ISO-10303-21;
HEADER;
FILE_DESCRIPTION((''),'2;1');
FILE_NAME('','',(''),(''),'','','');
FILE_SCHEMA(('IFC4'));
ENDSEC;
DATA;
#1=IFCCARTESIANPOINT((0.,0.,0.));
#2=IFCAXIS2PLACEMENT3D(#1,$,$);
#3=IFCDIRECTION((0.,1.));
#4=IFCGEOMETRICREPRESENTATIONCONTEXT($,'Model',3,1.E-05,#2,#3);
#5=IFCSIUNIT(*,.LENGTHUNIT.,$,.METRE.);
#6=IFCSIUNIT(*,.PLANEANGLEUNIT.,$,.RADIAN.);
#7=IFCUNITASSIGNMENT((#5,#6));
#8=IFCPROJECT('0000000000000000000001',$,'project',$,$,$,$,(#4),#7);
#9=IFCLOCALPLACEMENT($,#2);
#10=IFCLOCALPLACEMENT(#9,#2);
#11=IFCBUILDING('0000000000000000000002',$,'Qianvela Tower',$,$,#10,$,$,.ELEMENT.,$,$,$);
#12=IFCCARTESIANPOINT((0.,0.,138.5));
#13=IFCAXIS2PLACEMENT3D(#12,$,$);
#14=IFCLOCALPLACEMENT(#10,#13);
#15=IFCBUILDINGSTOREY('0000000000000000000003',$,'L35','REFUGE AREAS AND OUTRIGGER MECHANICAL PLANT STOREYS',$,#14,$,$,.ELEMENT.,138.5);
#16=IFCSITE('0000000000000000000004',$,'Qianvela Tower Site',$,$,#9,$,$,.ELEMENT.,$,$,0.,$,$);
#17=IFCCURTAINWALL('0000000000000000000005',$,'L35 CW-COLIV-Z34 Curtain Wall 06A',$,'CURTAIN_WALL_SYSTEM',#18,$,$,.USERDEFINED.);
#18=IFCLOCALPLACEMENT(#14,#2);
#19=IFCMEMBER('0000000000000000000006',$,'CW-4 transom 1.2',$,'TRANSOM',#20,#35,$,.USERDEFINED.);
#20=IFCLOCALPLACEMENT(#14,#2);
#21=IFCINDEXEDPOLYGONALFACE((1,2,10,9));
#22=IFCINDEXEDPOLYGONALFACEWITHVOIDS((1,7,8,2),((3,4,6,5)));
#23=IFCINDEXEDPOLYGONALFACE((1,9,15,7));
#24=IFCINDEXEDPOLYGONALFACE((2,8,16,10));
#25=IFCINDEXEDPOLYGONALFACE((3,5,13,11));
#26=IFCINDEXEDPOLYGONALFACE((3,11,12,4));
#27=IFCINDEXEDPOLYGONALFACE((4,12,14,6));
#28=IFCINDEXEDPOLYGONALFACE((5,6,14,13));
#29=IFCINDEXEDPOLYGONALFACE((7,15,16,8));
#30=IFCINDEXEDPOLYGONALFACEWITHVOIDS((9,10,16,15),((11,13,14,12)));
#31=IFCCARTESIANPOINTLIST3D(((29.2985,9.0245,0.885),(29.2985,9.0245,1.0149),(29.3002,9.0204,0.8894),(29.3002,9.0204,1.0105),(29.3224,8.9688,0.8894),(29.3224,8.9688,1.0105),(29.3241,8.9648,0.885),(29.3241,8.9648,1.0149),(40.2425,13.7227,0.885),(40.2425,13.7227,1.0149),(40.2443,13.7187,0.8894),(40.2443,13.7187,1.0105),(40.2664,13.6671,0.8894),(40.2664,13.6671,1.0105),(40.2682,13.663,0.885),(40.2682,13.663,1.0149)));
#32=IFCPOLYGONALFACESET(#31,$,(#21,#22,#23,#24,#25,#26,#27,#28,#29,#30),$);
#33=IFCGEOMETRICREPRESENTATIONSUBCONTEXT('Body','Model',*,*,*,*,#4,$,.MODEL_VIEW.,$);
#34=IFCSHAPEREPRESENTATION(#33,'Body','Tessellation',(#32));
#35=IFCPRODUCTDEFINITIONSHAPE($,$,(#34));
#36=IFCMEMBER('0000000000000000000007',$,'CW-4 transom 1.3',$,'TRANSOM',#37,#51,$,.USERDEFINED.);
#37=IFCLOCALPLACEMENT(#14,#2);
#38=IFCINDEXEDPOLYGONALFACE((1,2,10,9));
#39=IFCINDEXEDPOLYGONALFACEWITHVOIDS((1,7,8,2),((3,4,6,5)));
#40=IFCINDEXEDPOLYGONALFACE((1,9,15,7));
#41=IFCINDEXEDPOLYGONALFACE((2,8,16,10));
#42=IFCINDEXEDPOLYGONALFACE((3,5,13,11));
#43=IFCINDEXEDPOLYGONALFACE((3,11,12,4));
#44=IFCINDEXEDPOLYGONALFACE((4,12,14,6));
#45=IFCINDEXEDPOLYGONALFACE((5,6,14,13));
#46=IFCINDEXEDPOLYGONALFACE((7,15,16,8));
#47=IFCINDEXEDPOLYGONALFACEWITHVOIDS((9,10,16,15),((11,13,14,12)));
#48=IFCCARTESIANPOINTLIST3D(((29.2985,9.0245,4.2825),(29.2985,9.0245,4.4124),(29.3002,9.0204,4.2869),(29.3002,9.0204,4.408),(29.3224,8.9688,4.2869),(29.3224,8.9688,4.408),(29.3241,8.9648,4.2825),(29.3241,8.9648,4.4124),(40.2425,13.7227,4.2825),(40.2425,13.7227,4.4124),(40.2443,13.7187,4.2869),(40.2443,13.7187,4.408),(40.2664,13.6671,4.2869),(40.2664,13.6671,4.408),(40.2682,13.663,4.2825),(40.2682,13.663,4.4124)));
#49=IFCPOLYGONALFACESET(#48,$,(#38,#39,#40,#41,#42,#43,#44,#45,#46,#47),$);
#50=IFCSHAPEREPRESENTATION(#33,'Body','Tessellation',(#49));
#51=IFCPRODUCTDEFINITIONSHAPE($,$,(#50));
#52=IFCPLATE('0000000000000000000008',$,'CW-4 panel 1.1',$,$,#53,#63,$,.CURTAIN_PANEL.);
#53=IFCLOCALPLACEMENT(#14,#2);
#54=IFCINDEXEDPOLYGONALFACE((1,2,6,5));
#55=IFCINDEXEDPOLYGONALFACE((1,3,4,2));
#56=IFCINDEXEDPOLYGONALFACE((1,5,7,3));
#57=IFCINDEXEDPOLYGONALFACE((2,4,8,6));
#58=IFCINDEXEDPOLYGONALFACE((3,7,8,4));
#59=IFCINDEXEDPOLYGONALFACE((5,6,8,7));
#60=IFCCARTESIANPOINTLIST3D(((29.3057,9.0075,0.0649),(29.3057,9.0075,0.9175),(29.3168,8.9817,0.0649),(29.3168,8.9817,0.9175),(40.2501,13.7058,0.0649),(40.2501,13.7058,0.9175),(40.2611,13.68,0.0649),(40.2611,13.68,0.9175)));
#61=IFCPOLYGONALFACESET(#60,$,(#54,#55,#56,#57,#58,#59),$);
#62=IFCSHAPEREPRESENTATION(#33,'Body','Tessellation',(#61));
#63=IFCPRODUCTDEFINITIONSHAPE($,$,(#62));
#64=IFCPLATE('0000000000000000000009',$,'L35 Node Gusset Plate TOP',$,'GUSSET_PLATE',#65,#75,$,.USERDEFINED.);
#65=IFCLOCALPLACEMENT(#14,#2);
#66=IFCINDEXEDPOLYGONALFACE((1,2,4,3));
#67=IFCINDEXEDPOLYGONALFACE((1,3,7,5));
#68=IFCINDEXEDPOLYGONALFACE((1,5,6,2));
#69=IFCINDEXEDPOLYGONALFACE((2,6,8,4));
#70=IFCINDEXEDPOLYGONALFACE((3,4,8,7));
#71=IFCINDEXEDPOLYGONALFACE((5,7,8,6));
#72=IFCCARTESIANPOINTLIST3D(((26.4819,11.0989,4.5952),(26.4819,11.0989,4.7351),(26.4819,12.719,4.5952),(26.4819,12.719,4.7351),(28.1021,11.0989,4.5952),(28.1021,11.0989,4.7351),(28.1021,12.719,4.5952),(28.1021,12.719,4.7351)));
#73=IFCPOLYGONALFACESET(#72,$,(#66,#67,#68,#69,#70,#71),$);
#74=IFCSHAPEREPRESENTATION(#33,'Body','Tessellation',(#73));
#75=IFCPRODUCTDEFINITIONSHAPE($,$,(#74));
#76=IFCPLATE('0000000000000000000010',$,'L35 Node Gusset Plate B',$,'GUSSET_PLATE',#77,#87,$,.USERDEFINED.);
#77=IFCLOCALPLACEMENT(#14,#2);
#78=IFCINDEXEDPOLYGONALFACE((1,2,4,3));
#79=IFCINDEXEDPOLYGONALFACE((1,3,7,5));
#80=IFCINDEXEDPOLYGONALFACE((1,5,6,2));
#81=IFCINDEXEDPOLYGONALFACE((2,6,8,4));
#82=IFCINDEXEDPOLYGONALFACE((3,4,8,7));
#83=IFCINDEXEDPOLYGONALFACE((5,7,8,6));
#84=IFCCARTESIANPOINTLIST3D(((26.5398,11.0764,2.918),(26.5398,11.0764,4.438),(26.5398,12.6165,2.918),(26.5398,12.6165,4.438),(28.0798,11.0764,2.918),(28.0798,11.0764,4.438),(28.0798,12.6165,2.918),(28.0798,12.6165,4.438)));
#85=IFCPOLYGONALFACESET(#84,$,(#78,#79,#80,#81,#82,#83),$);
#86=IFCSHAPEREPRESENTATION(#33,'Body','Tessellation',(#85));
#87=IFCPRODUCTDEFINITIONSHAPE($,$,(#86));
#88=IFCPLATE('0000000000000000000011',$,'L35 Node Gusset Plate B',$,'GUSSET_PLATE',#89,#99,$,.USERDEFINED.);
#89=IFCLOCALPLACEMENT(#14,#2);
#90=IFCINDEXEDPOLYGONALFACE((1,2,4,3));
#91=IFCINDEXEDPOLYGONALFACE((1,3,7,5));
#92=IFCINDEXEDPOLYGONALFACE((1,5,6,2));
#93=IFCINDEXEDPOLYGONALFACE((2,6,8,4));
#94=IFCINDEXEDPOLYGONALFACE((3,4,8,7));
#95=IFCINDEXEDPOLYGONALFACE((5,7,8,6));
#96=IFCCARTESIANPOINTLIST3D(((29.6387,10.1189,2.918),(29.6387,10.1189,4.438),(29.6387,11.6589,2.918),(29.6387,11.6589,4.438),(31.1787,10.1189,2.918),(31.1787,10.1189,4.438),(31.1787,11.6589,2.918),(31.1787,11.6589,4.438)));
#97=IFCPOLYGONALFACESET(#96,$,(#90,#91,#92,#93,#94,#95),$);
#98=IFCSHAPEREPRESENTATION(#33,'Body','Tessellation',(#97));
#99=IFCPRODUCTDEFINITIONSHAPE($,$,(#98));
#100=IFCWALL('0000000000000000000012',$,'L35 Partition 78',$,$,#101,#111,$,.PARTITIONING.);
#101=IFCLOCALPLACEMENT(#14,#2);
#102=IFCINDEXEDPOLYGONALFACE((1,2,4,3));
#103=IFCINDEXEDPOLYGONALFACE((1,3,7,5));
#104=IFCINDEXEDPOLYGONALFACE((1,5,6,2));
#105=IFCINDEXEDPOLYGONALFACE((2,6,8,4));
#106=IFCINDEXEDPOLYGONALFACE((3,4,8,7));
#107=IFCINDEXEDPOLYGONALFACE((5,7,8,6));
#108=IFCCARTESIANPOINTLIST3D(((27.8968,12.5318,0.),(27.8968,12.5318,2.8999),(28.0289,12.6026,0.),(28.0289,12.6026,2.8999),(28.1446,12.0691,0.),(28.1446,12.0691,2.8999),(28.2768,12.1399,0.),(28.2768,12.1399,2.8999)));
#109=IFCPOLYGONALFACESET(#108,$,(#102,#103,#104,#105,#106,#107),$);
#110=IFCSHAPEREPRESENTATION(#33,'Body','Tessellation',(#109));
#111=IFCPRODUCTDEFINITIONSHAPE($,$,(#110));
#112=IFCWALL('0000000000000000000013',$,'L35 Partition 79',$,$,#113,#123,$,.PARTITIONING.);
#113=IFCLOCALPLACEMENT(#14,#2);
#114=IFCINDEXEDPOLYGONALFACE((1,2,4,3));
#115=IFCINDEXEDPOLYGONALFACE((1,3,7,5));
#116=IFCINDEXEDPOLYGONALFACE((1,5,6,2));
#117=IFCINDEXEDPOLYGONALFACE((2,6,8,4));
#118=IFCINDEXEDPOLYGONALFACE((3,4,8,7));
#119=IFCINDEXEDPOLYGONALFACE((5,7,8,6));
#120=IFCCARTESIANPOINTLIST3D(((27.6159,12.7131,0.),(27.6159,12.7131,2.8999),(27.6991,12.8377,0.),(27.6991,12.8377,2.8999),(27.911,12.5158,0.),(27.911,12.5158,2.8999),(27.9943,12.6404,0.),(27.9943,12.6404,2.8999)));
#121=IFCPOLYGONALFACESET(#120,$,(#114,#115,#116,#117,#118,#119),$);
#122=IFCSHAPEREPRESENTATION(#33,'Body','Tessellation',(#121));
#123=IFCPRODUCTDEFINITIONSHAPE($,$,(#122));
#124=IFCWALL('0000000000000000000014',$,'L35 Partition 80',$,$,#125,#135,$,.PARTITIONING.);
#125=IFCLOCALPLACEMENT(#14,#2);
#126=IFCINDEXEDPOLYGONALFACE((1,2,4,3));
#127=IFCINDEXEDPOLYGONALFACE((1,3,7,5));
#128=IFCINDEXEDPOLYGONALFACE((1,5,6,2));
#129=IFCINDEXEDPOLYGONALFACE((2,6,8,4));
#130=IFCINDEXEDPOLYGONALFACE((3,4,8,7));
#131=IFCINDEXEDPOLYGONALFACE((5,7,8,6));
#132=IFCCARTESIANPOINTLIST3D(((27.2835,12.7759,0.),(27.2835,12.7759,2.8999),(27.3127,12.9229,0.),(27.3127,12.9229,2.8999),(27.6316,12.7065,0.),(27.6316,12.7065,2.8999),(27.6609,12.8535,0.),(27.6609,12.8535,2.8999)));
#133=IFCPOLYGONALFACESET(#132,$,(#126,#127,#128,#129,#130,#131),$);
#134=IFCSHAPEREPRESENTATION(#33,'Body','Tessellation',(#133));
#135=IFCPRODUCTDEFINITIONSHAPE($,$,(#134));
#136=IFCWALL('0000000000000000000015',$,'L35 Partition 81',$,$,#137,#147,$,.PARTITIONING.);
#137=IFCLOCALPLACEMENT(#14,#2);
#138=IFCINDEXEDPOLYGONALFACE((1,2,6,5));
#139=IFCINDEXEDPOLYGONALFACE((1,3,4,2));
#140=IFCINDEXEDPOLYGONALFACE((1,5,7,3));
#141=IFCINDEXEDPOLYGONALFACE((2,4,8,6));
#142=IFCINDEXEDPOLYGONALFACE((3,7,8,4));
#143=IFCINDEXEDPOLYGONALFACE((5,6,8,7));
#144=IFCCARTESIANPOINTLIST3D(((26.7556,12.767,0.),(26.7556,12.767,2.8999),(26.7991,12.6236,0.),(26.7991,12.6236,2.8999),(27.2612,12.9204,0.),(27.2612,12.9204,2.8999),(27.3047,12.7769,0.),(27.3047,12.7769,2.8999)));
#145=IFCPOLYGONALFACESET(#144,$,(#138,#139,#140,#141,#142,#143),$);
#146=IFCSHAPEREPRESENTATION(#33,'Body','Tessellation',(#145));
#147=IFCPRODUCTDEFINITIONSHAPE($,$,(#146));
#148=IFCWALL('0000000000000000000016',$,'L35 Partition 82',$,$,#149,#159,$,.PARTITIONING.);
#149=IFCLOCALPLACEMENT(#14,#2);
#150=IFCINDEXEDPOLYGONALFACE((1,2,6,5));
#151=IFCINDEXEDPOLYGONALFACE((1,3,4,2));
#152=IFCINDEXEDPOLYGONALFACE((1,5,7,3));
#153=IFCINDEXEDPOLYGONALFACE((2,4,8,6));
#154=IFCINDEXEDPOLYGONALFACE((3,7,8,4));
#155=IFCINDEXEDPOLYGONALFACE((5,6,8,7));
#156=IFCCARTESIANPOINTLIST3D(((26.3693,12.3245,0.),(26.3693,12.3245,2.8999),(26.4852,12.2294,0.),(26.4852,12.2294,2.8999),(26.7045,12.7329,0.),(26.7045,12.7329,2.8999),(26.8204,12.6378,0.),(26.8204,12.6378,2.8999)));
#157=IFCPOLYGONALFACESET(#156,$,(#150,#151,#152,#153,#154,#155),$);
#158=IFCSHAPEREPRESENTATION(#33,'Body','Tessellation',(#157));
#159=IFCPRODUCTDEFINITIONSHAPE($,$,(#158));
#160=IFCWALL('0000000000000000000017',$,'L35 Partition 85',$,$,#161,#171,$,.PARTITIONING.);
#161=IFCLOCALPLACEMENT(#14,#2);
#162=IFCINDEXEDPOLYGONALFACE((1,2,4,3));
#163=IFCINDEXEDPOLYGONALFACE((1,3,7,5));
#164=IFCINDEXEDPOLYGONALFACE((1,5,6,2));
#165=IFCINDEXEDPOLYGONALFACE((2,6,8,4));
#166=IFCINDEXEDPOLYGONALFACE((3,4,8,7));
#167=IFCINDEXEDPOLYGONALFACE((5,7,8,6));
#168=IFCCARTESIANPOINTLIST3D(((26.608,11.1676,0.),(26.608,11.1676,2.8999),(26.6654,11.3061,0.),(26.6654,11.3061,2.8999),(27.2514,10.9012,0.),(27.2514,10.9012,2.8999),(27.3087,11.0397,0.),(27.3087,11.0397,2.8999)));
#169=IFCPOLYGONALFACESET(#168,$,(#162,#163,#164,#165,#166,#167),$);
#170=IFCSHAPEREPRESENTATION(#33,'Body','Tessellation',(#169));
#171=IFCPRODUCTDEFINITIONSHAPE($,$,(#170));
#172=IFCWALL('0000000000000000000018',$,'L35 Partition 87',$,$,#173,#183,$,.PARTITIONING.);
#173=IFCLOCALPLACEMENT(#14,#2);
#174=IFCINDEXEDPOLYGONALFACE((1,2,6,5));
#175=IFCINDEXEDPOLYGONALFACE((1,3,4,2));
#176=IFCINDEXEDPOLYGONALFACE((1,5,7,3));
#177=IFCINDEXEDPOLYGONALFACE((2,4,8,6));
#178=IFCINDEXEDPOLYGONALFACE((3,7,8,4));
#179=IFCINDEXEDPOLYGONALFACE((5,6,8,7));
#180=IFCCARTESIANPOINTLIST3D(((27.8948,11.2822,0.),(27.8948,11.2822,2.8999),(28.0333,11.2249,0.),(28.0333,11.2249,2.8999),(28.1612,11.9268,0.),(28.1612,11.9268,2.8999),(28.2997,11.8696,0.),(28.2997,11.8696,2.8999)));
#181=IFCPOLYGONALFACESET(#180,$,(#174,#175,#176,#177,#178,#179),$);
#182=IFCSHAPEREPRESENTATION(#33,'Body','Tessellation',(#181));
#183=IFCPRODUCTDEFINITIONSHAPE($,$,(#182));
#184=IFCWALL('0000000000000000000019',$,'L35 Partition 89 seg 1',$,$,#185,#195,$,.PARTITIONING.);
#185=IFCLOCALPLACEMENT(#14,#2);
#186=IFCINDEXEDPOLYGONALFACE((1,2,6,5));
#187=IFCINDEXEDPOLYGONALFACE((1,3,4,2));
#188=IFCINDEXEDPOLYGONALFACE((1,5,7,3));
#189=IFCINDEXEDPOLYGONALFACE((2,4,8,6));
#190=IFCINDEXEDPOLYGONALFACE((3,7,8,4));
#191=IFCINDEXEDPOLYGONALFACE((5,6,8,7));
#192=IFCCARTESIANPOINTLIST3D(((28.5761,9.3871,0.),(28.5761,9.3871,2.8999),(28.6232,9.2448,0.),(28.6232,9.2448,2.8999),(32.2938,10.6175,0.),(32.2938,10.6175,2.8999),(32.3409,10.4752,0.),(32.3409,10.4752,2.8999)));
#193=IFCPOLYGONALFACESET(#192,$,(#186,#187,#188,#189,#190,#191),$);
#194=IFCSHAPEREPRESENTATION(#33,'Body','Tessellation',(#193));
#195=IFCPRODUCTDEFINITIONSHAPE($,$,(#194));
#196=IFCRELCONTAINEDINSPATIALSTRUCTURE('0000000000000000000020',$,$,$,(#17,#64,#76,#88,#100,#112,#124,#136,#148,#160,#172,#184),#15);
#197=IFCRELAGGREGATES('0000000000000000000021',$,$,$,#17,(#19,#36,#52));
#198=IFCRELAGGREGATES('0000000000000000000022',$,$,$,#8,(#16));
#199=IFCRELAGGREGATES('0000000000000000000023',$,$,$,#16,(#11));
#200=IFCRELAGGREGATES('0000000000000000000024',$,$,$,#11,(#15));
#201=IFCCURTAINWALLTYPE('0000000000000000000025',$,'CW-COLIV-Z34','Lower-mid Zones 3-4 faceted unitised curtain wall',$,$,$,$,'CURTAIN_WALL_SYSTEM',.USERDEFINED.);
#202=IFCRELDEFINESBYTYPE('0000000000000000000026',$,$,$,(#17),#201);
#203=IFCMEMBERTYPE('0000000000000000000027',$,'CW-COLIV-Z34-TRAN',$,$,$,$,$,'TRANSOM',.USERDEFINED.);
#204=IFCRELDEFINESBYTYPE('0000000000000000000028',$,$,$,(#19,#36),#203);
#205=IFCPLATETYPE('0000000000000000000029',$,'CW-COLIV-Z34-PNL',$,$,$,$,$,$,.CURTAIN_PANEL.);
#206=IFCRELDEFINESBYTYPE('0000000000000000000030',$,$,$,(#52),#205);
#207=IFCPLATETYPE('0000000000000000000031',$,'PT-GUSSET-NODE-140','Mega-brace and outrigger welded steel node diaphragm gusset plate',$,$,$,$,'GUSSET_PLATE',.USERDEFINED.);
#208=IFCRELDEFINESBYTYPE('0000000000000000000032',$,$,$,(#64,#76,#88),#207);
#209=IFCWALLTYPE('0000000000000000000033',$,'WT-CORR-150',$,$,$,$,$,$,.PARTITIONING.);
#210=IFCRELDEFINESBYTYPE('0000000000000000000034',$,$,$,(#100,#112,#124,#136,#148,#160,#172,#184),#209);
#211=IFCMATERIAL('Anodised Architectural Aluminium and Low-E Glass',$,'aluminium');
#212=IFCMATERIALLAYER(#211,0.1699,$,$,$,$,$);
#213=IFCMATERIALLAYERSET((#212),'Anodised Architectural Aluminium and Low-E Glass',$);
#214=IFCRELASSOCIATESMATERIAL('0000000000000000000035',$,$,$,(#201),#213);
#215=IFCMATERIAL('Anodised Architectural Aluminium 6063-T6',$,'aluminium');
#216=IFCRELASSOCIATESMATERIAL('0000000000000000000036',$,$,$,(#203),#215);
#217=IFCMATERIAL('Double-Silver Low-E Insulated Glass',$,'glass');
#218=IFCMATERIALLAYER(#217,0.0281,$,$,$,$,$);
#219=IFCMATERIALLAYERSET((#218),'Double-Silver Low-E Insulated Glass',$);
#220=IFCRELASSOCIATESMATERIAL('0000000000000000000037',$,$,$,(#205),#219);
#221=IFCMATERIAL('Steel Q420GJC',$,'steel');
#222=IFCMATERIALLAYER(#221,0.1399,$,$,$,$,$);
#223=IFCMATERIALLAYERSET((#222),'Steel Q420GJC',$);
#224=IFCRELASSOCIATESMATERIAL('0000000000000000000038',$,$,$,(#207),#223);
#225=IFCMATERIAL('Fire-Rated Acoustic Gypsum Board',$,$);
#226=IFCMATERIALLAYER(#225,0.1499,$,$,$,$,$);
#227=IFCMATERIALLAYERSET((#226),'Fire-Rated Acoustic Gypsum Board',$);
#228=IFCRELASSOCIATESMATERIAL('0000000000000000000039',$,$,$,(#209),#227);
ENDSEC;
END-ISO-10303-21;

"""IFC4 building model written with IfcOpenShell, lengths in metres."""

from ifc_helpers import new_model, si_unit, direction, frame, frame_2d, origin, origin_2d, place, context, subcontext, project, spatial, rectangle, hollow_rectangle, extrude, material, layer, layer_set, material_profile, profile_set, type_object, element, aggregate, save


model = new_model("IFC4")

# Units and contexts
model_context = context("Model", 3, precision=1e-05, world=origin(), true_north=direction((0.0, 1.0)))
body_context = subcontext(model_context, "Body", "Model", "MODEL_VIEW")
ifc_project = project(units=[si_unit("LENGTHUNIT", "METRE"), si_unit("PLANEANGLEUNIT", "RADIAN")], contexts=[model_context])

# Site, building, storey
site_placement = place(None, origin())
site = spatial("IfcSite", under=ifc_project, at=site_placement, Name="Qianvela Tower Site", CompositionType="ELEMENT", RefElevation=0.0)
building_placement = place(site_placement, origin())
building = spatial("IfcBuilding", under=site, at=building_placement, Name="Qianvela Tower", CompositionType="ELEMENT")
storey_placement = place(building_placement, frame((0.0, 0.0, 138.5)))
storey = spatial("IfcBuildingStorey", under=building, at=storey_placement, Name="L35", Description="REFUGE AREAS AND OUTRIGGER MECHANICAL PLANT STOREYS", CompositionType="ELEMENT", Elevation=138.5)

# Curtain wall, members, plate
ifc_material_1 = material(Name="Anodised Architectural Aluminium and Low-E Glass", Category="aluminium")
ifc_layer_1 = layer(ifc_material_1, 0.1699)
ifc_layer_set_1 = layer_set([ifc_layer_1], Name="Anodised Architectural Aluminium and Low-E Glass")
curtain_wall_type = type_object("IfcCurtainWallType", Name="CW-COLIV-Z34", Description="Lower-mid Zones 3-4 faceted unitised curtain wall", ElementType="CURTAIN_WALL_SYSTEM", PredefinedType="USERDEFINED", material=ifc_layer_set_1)
curtain_wall_placement = place(storey_placement, origin())
curtain_wall = element("IfcCurtainWall", 1, at=curtain_wall_placement, inside=storey, type_object=curtain_wall_type, Name="L35 CW-COLIV-Z34 Curtain Wall 06A", ObjectType="CURTAIN_WALL_SYSTEM", PredefinedType="USERDEFINED")
ifc_material_2 = material(Name="Anodised Architectural Aluminium 6063-T6", Category="aluminium")
ifc_material_profile_1 = material_profile(ifc_material_2, hollow_rectangle(XDim=0.0649, YDim=0.1299, WallThickness=0.0044, at=origin_2d()), Name="ALU-TRAN-65x130")
ifc_profile_set_1 = profile_set([ifc_material_profile_1], Name="Anodised Architectural Aluminium 6063-T6")
member_type_1 = type_object("IfcMemberType", Name="CW-COLIV-Z34-TRAN", ElementType="TRANSOM", PredefinedType="USERDEFINED", material=ifc_profile_set_1)
member_1_placement = place(storey_placement, frame((29.3113, 8.9946, 0.95), z_axis=(0.918904, 0.394481, 0.0), x_axis=(-0.394481, 0.918904, 0.0)))
member_1 = element("IfcMember", 2, at=member_1_placement, type_object=member_type_1, Name="CW-4 transom 1.2", ObjectType="TRANSOM", PredefinedType="USERDEFINED", context=body_context, shape_type="SweptSolid", body=[
    extrude(hollow_rectangle(XDim=0.0649, YDim=0.1299, WallThickness=0.0044, at=origin_2d()), origin(), (0.0, 0.0, 1.0), 11.9099),
])
member_2_placement = place(storey_placement, frame((29.3113, 8.9946, 4.3474), z_axis=(0.918904, 0.394481, 0.0), x_axis=(-0.394481, 0.918904, 0.0)))
member_2 = element("IfcMember", 3, at=member_2_placement, type_object=member_type_1, Name="CW-4 transom 1.3", ObjectType="TRANSOM", PredefinedType="USERDEFINED", context=body_context, shape_type="SweptSolid", body=[
    extrude(hollow_rectangle(XDim=0.0649, YDim=0.1299, WallThickness=0.0044, at=origin_2d()), origin(), (0.0, 0.0, 1.0), 11.9099),
])
ifc_material_3 = material(Name="Double-Silver Low-E Insulated Glass", Category="glass")
ifc_layer_2 = layer(ifc_material_3, 0.0281)
ifc_layer_set_2 = layer_set([ifc_layer_2], Name="Double-Silver Low-E Insulated Glass")
plate_type_1 = type_object("IfcPlateType", Name="CW-COLIV-Z34-PNL", PredefinedType="CURTAIN_PANEL", material=ifc_layer_set_2)
plate_1_placement = place(storey_placement, frame((34.7834, 11.3438, 0.0649), z_axis=(0.0, 0.0, 1.0), x_axis=(0.918907, 0.394475, 0.0)))
plate_1 = element("IfcPlate", 4, at=plate_1_placement, type_object=plate_type_1, Name="CW-4 panel 1.1", PredefinedType="CURTAIN_PANEL", context=body_context, shape_type="SweptSolid", body=[
    extrude(rectangle(XDim=11.9102, YDim=0.0281, at=origin_2d()), origin(), (0.0, 0.0, 1.0), 0.8525),
])
aggregate(curtain_wall, [member_1, member_2, plate_1])

# Plates
ifc_material_4 = material(Name="Steel Q420GJC", Category="steel")
ifc_layer_3 = layer(ifc_material_4, 0.1399)
ifc_layer_set_3 = layer_set([ifc_layer_3], Name="Steel Q420GJC")
plate_type_2 = type_object("IfcPlateType", Name="PT-GUSSET-NODE-140", Description="Mega-brace and outrigger welded steel node diaphragm gusset plate", ElementType="GUSSET_PLATE", PredefinedType="USERDEFINED", material=ifc_layer_set_3)
plate_2_placement = place(storey_placement, frame((27.292, 11.9089, 4.5952), z_axis=(0.0, 0.0, 1.0), x_axis=(1.0, 0.0, 0.0)))
element("IfcPlate", 5, at=plate_2_placement, inside=storey, type_object=plate_type_2, Name="L35 Node Gusset Plate TOP", ObjectType="GUSSET_PLATE", PredefinedType="USERDEFINED", context=body_context, shape_type="SweptSolid", body=[
    extrude(rectangle(XDim=1.6201, YDim=1.6201, at=origin_2d()), origin(), (0.0, 0.0, 1.0), 0.1399),
])
for number, where, z_axis, x_axis, name in (
    (6, (27.3098, 11.8464, 2.918), (0.0, 0.0, 1.0), (1.0, 0.0, 0.0), "L35 Node Gusset Plate B"),
    (7, (30.4087, 10.8889, 2.918), (0.0, 0.0, 1.0), (1.0, 0.0, 0.0), "L35 Node Gusset Plate B"),
):
    element("IfcPlate", number, at=place(storey_placement, frame(where, z_axis=z_axis, x_axis=x_axis)), inside=storey, type_object=plate_type_2, Name=name, ObjectType="GUSSET_PLATE", PredefinedType="USERDEFINED", context=body_context, shape_type="SweptSolid", body=[
        extrude(rectangle(XDim=1.54, YDim=1.54, at=origin_2d()), origin(), (0.0, 0.0, 1.0), 1.52),
    ])

# Walls
ifc_material_5 = material(Name="Fire-Rated Acoustic Gypsum Board")
ifc_layer_4 = layer(ifc_material_5, 0.1499)
ifc_layer_set_4 = layer_set([ifc_layer_4], Name="Fire-Rated Acoustic Gypsum Board")
wall_type = type_object("IfcWallType", Name="WT-CORR-150", PredefinedType="PARTITIONING", material=ifc_layer_set_4)
wall_1_placement = place(storey_placement, frame((28.2107, 12.1045, 0.0), z_axis=(0.0, 0.0, 1.0), x_axis=(-0.472157, 0.881515, 0.0)))
element("IfcWall", 8, at=wall_1_placement, inside=storey, type_object=wall_type, Name="L35 Partition 78", PredefinedType="PARTITIONING", context=body_context, shape_type="SweptSolid", body=[
    extrude(rectangle(XDim=0.5249, YDim=0.1499, at=frame_2d((0.2625, 0.0))), origin(), (0.0, 0.0, 1.0), 2.8999),
])
for number, where, z_axis, x_axis, name in (
    (9, (27.9526, 12.5781, 0.0), (0.0, 0.0, 1.0), (-0.831415, 0.555652, 0.0), "L35 Partition 79"),
    (10, (27.6462, 12.78, 0.0), (0.0, 0.0, 1.0), (-0.980739, 0.195323, 0.0), "L35 Partition 80"),
):
    element("IfcWall", number, at=place(storey_placement, frame(where, z_axis=z_axis, x_axis=x_axis)), inside=storey, type_object=wall_type, Name=name, PredefinedType="PARTITIONING", context=body_context, shape_type="SweptSolid", body=[
        extrude(rectangle(XDim=0.355, YDim=0.1499, at=frame_2d((0.1775, 0.0))), origin(), (0.0, 0.0, 1.0), 2.8999),
    ])
for number, where, z_axis, x_axis, name in (
    (11, (27.283, 12.8486, 0.0), (0.0, 0.0, 1.0), (-0.95697, -0.290187, 0.0), "L35 Partition 81"),
    (12, (26.7625, 12.6853, 0.0), (0.0, 0.0, 1.0), (-0.634394, -0.773009, 0.0), "L35 Partition 82"),
):
    element("IfcWall", number, at=place(storey_placement, frame(where, z_axis=z_axis, x_axis=x_axis)), inside=storey, type_object=wall_type, Name=name, PredefinedType="PARTITIONING", context=body_context, shape_type="SweptSolid", body=[
        extrude(rectangle(XDim=0.5283, YDim=0.1499, at=frame_2d((0.2642, 0.0))), origin(), (0.0, 0.0, 1.0), 2.8999),
    ])
wall_2_placement = place(storey_placement, frame((26.6367, 11.2368, 0.0), z_axis=(0.0, 0.0, 1.0), x_axis=(0.923936, -0.382548, 0.0)))
element("IfcWall", 13, at=wall_2_placement, inside=storey, type_object=wall_type, Name="L35 Partition 85", PredefinedType="PARTITIONING", context=body_context, shape_type="SweptSolid", body=[
    extrude(rectangle(XDim=0.6963, YDim=0.1499, at=frame_2d((0.3481, 0.0))), origin(), (0.0, 0.0, 1.0), 2.8999),
])
wall_3_placement = place(storey_placement, frame((27.9641, 11.2537, 0.0), z_axis=(0.0, 0.0, 1.0), x_axis=(0.381929, 0.924192, 0.0)))
element("IfcWall", 14, at=wall_3_placement, inside=storey, type_object=wall_type, Name="L35 Partition 87", PredefinedType="PARTITIONING", context=body_context, shape_type="SweptSolid", body=[
    extrude(rectangle(XDim=0.6975, YDim=0.1499, at=frame_2d((0.3486, 0.0))), origin(), (0.0, 0.0, 1.0), 2.8999),
])
wall_4_placement = place(storey_placement, frame((32.3174, 10.5464, 0.0), z_axis=(0.0, 0.0, 1.0), x_axis=(-0.949354, -0.314207, 0.0)))
element("IfcWall", 15, at=wall_4_placement, inside=storey, type_object=wall_type, Name="L35 Partition 89 seg 1", PredefinedType="PARTITIONING", context=body_context, shape_type="SweptSolid", body=[
    extrude(rectangle(XDim=3.916, YDim=0.1499, at=frame_2d((1.958, 0.0))), origin(), (0.0, 0.0, 1.0), 2.8999),
])

save(model, "model.ifc")
